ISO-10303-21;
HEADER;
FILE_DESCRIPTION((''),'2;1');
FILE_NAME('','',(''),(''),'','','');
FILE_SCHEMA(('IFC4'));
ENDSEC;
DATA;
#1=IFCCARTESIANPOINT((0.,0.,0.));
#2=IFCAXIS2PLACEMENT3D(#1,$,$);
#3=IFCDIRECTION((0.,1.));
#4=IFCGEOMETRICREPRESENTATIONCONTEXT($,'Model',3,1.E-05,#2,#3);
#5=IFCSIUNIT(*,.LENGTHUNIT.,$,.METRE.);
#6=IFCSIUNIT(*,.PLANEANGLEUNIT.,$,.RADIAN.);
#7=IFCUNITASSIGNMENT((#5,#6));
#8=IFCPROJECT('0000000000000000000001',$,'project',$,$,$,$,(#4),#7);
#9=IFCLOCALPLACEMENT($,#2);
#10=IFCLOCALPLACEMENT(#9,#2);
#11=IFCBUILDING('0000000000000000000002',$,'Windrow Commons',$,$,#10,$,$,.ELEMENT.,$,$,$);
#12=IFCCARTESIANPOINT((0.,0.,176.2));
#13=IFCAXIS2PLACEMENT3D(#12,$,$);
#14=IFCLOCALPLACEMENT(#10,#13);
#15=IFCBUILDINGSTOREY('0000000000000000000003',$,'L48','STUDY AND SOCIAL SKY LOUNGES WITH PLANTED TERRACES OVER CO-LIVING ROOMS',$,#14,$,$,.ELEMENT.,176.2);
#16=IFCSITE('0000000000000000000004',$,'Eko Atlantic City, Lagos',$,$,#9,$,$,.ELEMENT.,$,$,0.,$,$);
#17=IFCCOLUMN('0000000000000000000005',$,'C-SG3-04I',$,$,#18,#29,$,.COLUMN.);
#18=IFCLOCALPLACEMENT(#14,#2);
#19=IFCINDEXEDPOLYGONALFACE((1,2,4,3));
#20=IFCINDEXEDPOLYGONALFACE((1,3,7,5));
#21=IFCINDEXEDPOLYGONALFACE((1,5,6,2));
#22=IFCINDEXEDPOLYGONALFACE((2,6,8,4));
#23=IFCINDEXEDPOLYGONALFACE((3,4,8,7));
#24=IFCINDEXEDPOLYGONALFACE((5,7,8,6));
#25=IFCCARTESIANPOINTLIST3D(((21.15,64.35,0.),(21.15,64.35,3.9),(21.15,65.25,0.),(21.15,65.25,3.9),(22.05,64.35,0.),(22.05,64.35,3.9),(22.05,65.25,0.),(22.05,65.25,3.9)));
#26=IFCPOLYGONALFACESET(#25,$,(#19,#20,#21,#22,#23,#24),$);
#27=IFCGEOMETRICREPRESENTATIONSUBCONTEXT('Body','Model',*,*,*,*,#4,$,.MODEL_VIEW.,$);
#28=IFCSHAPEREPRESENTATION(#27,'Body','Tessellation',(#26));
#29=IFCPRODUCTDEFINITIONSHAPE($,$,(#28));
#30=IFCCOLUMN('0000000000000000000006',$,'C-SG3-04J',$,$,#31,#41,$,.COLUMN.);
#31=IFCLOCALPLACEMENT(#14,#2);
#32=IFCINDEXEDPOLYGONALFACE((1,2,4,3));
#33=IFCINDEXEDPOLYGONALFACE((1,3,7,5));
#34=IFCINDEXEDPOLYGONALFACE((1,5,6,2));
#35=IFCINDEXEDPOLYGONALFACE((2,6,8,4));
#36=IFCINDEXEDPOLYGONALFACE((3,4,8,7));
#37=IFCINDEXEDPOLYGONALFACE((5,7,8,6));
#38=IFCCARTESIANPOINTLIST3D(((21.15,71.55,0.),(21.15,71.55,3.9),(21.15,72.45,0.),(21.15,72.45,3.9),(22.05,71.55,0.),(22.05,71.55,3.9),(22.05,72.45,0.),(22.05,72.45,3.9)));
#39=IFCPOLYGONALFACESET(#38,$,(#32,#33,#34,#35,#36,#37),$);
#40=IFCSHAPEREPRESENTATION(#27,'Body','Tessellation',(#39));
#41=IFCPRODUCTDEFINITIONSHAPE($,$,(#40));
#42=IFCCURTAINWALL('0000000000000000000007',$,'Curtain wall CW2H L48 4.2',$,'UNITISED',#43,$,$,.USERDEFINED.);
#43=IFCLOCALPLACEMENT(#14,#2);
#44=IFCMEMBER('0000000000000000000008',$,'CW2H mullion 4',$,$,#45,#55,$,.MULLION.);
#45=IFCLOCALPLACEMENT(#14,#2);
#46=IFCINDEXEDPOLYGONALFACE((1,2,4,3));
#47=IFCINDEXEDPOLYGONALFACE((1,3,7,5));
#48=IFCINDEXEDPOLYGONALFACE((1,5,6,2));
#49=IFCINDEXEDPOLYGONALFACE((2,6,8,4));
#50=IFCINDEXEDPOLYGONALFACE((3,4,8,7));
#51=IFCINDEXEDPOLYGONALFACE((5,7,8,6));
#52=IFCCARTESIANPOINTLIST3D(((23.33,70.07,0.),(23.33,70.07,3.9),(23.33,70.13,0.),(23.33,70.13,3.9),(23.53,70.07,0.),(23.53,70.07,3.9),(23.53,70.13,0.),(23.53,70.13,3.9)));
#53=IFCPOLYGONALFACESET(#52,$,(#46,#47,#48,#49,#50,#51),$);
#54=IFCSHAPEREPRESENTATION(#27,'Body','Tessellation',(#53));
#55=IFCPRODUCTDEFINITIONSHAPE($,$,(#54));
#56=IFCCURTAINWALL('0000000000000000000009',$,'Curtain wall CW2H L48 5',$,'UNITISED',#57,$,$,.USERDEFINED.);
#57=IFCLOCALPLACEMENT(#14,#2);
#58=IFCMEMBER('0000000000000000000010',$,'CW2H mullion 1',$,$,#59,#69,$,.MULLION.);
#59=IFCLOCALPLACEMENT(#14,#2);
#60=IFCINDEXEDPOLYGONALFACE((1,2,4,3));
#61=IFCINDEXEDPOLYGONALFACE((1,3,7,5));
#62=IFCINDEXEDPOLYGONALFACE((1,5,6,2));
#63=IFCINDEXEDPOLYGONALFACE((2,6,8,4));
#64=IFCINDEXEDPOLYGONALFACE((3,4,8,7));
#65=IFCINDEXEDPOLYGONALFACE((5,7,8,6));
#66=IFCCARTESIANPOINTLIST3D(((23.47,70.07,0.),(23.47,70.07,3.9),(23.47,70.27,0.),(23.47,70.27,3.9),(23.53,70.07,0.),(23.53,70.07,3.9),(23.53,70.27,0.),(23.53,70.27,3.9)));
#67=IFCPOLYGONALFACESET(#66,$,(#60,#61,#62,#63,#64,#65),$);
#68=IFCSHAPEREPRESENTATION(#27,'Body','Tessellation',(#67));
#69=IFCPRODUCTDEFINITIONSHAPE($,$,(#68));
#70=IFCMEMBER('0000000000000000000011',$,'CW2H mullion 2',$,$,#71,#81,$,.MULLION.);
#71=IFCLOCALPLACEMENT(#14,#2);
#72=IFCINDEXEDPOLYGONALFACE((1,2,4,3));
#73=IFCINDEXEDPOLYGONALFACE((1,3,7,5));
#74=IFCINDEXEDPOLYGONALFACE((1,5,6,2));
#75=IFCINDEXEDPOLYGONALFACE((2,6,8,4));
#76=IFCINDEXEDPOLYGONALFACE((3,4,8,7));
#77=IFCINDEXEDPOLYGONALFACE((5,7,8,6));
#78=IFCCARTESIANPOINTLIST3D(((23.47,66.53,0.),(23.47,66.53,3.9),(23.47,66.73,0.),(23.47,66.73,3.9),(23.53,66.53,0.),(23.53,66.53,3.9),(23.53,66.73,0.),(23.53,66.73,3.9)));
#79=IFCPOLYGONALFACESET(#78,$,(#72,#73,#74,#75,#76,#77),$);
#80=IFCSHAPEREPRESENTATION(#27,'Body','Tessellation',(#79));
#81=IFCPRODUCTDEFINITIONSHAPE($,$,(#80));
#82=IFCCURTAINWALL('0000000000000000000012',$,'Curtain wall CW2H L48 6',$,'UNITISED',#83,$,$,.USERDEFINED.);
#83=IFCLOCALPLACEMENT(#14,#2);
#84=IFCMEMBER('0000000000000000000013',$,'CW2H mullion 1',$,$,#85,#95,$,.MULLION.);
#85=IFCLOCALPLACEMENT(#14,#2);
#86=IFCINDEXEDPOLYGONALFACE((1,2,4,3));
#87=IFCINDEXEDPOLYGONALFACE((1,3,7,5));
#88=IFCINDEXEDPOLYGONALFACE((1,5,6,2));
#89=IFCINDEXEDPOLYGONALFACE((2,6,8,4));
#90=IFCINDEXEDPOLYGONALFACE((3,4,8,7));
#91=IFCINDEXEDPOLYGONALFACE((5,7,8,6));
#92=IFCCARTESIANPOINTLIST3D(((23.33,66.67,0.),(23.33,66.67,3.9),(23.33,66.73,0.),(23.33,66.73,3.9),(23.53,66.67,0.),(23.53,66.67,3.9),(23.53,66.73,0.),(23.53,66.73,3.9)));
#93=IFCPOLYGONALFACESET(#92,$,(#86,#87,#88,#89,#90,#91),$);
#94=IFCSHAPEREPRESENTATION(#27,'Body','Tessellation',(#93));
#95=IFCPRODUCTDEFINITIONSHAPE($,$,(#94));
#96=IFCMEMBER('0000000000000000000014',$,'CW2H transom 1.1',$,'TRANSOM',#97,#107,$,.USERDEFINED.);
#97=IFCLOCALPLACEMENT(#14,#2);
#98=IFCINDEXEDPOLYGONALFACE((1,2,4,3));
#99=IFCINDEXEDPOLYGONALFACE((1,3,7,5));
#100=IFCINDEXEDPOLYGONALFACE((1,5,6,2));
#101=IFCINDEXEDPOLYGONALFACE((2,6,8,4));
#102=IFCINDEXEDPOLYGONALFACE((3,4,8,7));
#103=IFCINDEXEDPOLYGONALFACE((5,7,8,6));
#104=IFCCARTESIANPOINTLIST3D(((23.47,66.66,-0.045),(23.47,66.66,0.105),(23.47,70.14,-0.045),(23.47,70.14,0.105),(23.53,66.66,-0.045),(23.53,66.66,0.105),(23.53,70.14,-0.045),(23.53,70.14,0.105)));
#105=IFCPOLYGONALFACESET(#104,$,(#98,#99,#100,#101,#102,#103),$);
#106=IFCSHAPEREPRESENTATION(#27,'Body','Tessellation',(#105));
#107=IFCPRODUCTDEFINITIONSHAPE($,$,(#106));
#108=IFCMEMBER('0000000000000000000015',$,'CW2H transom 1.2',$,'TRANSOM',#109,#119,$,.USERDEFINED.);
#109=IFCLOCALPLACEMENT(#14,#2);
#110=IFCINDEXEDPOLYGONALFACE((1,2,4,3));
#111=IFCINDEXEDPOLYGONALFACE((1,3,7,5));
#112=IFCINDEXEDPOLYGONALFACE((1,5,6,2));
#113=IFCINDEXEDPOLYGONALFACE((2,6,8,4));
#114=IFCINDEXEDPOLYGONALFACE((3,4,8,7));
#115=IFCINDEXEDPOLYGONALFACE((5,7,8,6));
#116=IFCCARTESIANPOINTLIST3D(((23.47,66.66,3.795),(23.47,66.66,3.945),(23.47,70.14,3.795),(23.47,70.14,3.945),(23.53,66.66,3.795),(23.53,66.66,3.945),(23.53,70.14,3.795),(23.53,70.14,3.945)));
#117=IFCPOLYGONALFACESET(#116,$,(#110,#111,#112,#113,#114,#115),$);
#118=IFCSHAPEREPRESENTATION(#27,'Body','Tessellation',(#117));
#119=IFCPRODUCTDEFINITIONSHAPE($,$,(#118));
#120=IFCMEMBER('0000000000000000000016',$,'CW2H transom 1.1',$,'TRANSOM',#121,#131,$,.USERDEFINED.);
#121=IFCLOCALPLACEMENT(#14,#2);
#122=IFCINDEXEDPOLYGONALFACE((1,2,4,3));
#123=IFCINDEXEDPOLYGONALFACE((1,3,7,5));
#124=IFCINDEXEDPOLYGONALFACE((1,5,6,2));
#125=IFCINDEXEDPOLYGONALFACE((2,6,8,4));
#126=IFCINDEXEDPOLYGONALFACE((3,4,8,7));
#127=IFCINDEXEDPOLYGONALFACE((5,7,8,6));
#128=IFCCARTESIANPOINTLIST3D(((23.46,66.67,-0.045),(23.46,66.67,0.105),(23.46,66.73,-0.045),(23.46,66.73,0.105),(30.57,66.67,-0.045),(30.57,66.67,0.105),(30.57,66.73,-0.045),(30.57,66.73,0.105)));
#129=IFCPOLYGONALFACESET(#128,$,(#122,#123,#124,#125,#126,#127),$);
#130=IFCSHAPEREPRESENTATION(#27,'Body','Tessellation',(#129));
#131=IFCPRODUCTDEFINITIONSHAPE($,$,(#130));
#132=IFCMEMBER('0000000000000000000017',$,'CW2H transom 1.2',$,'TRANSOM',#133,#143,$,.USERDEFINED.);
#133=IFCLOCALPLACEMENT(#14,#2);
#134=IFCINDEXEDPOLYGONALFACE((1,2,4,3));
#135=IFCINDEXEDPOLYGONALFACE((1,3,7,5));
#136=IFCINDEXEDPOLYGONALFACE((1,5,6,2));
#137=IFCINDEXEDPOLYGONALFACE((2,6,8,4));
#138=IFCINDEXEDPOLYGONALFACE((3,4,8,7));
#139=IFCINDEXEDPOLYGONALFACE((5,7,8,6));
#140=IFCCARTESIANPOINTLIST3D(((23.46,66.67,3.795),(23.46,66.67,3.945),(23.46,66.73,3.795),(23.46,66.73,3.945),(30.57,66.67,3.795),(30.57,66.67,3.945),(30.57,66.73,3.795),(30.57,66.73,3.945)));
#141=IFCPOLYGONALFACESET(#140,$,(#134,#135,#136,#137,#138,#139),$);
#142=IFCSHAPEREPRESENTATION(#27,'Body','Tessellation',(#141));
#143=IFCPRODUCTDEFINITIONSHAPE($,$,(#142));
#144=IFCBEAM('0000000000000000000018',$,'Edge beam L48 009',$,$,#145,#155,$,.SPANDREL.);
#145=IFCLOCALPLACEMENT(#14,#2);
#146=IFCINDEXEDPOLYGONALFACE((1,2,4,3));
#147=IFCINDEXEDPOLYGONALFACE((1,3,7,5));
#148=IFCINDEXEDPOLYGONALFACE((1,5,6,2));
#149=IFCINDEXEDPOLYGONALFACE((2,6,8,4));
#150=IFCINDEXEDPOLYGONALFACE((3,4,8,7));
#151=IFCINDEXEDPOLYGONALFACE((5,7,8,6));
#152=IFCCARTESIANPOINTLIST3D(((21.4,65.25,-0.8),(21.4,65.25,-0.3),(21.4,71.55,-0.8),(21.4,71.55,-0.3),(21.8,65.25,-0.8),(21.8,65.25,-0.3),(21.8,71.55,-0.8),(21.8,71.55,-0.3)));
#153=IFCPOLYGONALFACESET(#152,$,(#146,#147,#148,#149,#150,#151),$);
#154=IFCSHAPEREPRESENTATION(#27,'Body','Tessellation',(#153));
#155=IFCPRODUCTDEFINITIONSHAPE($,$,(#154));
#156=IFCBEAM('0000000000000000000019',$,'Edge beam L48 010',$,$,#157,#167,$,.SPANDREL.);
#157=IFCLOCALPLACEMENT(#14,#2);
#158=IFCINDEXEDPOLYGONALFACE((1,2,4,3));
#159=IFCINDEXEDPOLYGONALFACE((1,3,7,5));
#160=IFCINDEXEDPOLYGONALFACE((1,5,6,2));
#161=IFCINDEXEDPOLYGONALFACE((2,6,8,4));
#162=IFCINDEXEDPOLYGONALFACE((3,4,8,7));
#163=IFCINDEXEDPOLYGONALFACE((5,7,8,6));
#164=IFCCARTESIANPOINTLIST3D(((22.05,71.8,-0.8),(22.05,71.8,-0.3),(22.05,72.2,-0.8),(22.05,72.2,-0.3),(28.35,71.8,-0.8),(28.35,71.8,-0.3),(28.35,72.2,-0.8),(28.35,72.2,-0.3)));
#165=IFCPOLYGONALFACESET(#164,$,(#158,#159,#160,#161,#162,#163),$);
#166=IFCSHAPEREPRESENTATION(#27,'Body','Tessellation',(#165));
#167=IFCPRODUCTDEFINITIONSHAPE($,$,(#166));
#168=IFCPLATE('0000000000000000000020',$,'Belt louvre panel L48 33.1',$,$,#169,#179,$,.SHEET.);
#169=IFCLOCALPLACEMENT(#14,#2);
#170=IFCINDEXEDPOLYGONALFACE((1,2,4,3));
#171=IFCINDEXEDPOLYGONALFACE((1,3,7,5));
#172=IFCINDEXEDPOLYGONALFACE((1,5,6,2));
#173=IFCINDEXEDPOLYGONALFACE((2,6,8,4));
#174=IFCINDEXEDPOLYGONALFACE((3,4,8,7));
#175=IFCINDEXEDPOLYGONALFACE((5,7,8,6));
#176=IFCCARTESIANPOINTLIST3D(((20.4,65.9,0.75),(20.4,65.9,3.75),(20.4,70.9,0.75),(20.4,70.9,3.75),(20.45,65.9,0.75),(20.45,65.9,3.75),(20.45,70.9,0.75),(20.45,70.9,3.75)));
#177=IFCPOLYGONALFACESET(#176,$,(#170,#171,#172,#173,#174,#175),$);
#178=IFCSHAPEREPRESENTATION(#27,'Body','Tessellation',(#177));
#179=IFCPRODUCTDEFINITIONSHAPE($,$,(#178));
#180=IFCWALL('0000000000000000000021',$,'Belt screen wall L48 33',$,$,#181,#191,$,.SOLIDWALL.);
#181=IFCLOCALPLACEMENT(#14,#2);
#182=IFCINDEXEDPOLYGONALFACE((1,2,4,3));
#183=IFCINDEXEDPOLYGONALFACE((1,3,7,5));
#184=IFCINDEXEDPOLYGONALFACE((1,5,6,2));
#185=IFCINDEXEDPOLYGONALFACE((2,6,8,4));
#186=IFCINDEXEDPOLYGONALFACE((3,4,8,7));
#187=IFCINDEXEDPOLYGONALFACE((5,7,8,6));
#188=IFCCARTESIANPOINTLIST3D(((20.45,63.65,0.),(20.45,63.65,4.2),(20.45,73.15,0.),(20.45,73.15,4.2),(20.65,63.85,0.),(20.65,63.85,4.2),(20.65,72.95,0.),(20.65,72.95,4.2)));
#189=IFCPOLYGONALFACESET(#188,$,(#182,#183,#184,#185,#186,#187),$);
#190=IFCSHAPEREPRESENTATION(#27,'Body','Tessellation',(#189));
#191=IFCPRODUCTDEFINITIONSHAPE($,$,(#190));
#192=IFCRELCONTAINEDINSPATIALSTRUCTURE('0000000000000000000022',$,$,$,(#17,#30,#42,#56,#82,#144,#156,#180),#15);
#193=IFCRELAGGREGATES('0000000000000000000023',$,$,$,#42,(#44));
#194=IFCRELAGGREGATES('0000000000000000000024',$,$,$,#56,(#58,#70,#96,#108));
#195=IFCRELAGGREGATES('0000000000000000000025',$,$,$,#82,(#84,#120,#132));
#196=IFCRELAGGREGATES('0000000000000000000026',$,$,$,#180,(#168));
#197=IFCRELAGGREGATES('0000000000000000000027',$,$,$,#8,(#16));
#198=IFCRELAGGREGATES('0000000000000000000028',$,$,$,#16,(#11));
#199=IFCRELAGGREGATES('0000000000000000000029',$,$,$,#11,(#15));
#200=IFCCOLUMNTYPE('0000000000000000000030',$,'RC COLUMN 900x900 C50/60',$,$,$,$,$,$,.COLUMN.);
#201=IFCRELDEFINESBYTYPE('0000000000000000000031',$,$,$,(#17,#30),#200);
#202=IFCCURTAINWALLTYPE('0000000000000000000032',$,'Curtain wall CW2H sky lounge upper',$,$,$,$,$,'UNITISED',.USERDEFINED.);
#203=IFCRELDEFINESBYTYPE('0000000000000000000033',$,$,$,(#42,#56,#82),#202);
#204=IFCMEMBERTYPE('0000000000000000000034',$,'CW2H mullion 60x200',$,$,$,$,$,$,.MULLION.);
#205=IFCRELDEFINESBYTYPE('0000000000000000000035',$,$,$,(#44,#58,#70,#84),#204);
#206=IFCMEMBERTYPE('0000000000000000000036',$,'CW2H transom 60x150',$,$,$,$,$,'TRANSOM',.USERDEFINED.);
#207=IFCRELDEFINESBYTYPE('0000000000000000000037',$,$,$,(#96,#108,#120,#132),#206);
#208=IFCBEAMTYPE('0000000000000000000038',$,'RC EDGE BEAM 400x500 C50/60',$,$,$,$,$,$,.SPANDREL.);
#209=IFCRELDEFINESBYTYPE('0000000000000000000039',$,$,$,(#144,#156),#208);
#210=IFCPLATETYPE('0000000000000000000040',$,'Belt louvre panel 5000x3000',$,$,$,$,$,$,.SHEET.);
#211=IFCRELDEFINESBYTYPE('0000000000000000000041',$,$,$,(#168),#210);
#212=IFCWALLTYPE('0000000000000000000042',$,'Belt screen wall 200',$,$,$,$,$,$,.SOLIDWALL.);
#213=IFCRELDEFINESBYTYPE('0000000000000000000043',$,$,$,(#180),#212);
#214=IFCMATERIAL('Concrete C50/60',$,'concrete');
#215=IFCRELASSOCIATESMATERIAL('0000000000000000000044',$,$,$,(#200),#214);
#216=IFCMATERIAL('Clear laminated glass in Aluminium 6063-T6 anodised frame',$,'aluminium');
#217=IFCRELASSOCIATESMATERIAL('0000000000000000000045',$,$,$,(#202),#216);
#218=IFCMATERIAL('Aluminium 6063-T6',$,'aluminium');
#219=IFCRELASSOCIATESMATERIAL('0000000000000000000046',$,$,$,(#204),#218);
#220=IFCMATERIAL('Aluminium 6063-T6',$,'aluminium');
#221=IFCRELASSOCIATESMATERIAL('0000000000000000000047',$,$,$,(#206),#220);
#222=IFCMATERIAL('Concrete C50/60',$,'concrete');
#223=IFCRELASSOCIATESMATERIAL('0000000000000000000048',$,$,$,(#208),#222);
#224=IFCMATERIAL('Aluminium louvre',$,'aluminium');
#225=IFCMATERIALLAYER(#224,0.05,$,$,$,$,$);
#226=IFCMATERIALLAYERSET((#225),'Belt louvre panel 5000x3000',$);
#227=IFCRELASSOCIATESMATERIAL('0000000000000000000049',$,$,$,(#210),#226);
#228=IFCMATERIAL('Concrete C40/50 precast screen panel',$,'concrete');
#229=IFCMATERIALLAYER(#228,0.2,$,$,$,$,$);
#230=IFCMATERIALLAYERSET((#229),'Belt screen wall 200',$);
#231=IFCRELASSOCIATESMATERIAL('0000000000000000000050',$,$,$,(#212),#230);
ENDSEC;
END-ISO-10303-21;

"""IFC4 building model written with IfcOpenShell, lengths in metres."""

from ifc_helpers import new_model, si_unit, direction, frame, origin, origin_2d, place, context, subcontext, project, spatial, polyline, rectangle, outline, extrude, material, layer, layer_set, material_profile, profile_set, type_object, element, aggregate, save


model = new_model("IFC4")

# Units and contexts
model_context = context("Model", 3, precision=1e-05, world=origin(), true_north=direction((0.0, 1.0)))
body_context = subcontext(model_context, "Body", "Model", "MODEL_VIEW")
ifc_project = project(units=[si_unit("LENGTHUNIT", "METRE"), si_unit("PLANEANGLEUNIT", "RADIAN")], contexts=[model_context])

# Site, building, storey
site_placement = place(None, origin())
site = spatial("IfcSite", under=ifc_project, at=site_placement, Name="Eko Atlantic City, Lagos", CompositionType="ELEMENT", RefElevation=0.0)
building_placement = place(site_placement, origin())
building = spatial("IfcBuilding", under=site, at=building_placement, Name="Windrow Commons", CompositionType="ELEMENT")
storey_placement = place(building_placement, frame((0.0, 0.0, 176.2)))
storey = spatial("IfcBuildingStorey", under=building, at=storey_placement, Name="L48", Description="STUDY AND SOCIAL SKY LOUNGES WITH PLANTED TERRACES OVER CO-LIVING ROOMS", CompositionType="ELEMENT", Elevation=176.2)

# Columns
ifc_material_1 = material(Name="Concrete C50/60", Category="concrete")
ifc_material_profile_1 = material_profile(ifc_material_1, rectangle(XDim=0.9, YDim=0.9, at=origin_2d()))
ifc_profile_set_1 = profile_set([ifc_material_profile_1], Name="Concrete C50/60")
column_type = type_object("IfcColumnType", Name="RC COLUMN 900x900 C50/60", PredefinedType="COLUMN", material=ifc_profile_set_1)
for number, where, z_axis, x_axis, name in (
    (1, (21.6, 64.8, 0.0), (0.0, 0.0, 1.0), (1.0, 0.0, 0.0), "C-SG3-04I"),
    (2, (21.6, 72.0, 0.0), (0.0, 0.0, 1.0), (1.0, 0.0, 0.0), "C-SG3-04J"),
):
    element("IfcColumn", number, at=place(storey_placement, frame(where, z_axis=z_axis, x_axis=x_axis)), inside=storey, type_object=column_type, Name=name, PredefinedType="COLUMN", context=body_context, shape_type="SweptSolid", body=[
        extrude(rectangle(XDim=0.9, YDim=0.9, at=origin_2d()), origin(), (0.0, 0.0, 1.0), 3.9),
    ])

# Curtain wall, member
ifc_material_2 = material(Name="Clear laminated glass in Aluminium 6063-T6 anodised frame", Category="aluminium")
curtain_wall_type = type_object("IfcCurtainWallType", Name="Curtain wall CW2H sky lounge upper", ElementType="UNITISED", PredefinedType="USERDEFINED", material=ifc_material_2)
placement = place(storey_placement, origin())
curtain_wall_1 = element("IfcCurtainWall", 3, at=placement, inside=storey, type_object=curtain_wall_type, Name="Curtain wall CW2H L48 4.2", ObjectType="UNITISED", PredefinedType="USERDEFINED")
ifc_material_3 = material(Name="Aluminium 6063-T6", Category="aluminium")
ifc_material_profile_2 = material_profile(ifc_material_3, rectangle(XDim=0.06, YDim=0.2, at=origin_2d()))
ifc_profile_set_2 = profile_set([ifc_material_profile_2], Name="Aluminium 6063-T6")
member_type_1 = type_object("IfcMemberType", Name="CW2H mullion 60x200", PredefinedType="MULLION", material=ifc_profile_set_2)
member_1_placement = place(storey_placement, frame((23.43, 70.1, 0.0), z_axis=(0.0, 0.0, 1.0), x_axis=(0.0, -1.0, 0.0)))
member_1 = element("IfcMember", 4, at=member_1_placement, type_object=member_type_1, Name="CW2H mullion 4", PredefinedType="MULLION", context=body_context, shape_type="SweptSolid", body=[
    extrude(rectangle(XDim=0.06, YDim=0.2, at=origin_2d()), origin(), (0.0, 0.0, 1.0), 3.9),
])
aggregate(curtain_wall_1, [member_1])

# Curtain wall, members
curtain_wall_2 = element("IfcCurtainWall", 5, at=placement, inside=storey, type_object=curtain_wall_type, Name="Curtain wall CW2H L48 5", ObjectType="UNITISED", PredefinedType="USERDEFINED")
member_2_placement = place(storey_placement, frame((23.5, 70.17, 0.0), z_axis=(0.0, 0.0, 1.0), x_axis=(1.0, 0.0, 0.0)))
member_2 = element("IfcMember", 6, at=member_2_placement, type_object=member_type_1, Name="CW2H mullion 1", PredefinedType="MULLION", context=body_context, shape_type="SweptSolid", body=[
    extrude(rectangle(XDim=0.06, YDim=0.2, at=origin_2d()), origin(), (0.0, 0.0, 1.0), 3.9),
])
member_3_placement = place(storey_placement, frame((23.5, 66.63, 0.0), z_axis=(0.0, 0.0, 1.0), x_axis=(1.0, 0.0, 0.0)))
member_3 = element("IfcMember", 7, at=member_3_placement, type_object=member_type_1, Name="CW2H mullion 2", PredefinedType="MULLION", context=body_context, shape_type="SweptSolid", body=[
    extrude(rectangle(XDim=0.06, YDim=0.2, at=origin_2d()), origin(), (0.0, 0.0, 1.0), 3.9),
])

# Curtain wall, member
curtain_wall_3 = element("IfcCurtainWall", 8, at=placement, inside=storey, type_object=curtain_wall_type, Name="Curtain wall CW2H L48 6", ObjectType="UNITISED", PredefinedType="USERDEFINED")
member_4_placement = place(storey_placement, frame((23.43, 66.7, 0.0), z_axis=(0.0, 0.0, 1.0), x_axis=(0.0, 1.0, 0.0)))
member_4 = element("IfcMember", 9, at=member_4_placement, type_object=member_type_1, Name="CW2H mullion 1", PredefinedType="MULLION", context=body_context, shape_type="SweptSolid", body=[
    extrude(rectangle(XDim=0.06, YDim=0.2, at=origin_2d()), origin(), (0.0, 0.0, 1.0), 3.9),
])

# Members
ifc_material_4 = material(Name="Aluminium 6063-T6", Category="aluminium")
ifc_material_profile_3 = material_profile(ifc_material_4, rectangle(XDim=0.06, YDim=0.15, at=origin_2d()))
ifc_profile_set_3 = profile_set([ifc_material_profile_3], Name="Aluminium 6063-T6")
member_type_2 = type_object("IfcMemberType", Name="CW2H transom 60x150", ElementType="TRANSOM", PredefinedType="USERDEFINED", material=ifc_profile_set_3)
member_5_placement = place(storey_placement, frame((23.5, 70.14, 0.03), z_axis=(0.0, -1.0, 0.0), x_axis=(1.0, 0.0, 0.0)))
member_5 = element("IfcMember", 10, at=member_5_placement, type_object=member_type_2, Name="CW2H transom 1.1", ObjectType="TRANSOM", PredefinedType="USERDEFINED", context=body_context, shape_type="SweptSolid", body=[
    extrude(rectangle(XDim=0.06, YDim=0.15, at=origin_2d()), origin(), (0.0, 0.0, 1.0), 3.48),
])
member_6_placement = place(storey_placement, frame((23.5, 70.14, 3.87), z_axis=(0.0, -1.0, 0.0), x_axis=(1.0, 0.0, 0.0)))
member_6 = element("IfcMember", 11, at=member_6_placement, type_object=member_type_2, Name="CW2H transom 1.2", ObjectType="TRANSOM", PredefinedType="USERDEFINED", context=body_context, shape_type="SweptSolid", body=[
    extrude(rectangle(XDim=0.06, YDim=0.15, at=origin_2d()), origin(), (0.0, 0.0, 1.0), 3.48),
])
member_7_placement = place(storey_placement, frame((23.46, 66.7, 0.03), z_axis=(1.0, 0.0, 0.0), x_axis=(0.0, 1.0, 0.0)))
member_7 = element("IfcMember", 12, at=member_7_placement, type_object=member_type_2, Name="CW2H transom 1.1", ObjectType="TRANSOM", PredefinedType="USERDEFINED", context=body_context, shape_type="SweptSolid", body=[
    extrude(rectangle(XDim=0.06, YDim=0.15, at=origin_2d()), origin(), (0.0, 0.0, 1.0), 7.11),
])
member_8_placement = place(storey_placement, frame((23.46, 66.7, 3.87), z_axis=(1.0, 0.0, 0.0), x_axis=(0.0, 1.0, 0.0)))
member_8 = element("IfcMember", 13, at=member_8_placement, type_object=member_type_2, Name="CW2H transom 1.2", ObjectType="TRANSOM", PredefinedType="USERDEFINED", context=body_context, shape_type="SweptSolid", body=[
    extrude(rectangle(XDim=0.06, YDim=0.15, at=origin_2d()), origin(), (0.0, 0.0, 1.0), 7.11),
])

# Beams
ifc_material_5 = material(Name="Concrete C50/60", Category="concrete")
ifc_material_profile_4 = material_profile(ifc_material_5, rectangle(XDim=0.4, YDim=0.5, at=origin_2d()))
ifc_profile_set_4 = profile_set([ifc_material_profile_4], Name="Concrete C50/60")
beam_type = type_object("IfcBeamType", Name="RC EDGE BEAM 400x500 C50/60", PredefinedType="SPANDREL", material=ifc_profile_set_4)
for number, where, z_axis, x_axis, name in (
    (14, (21.6, 65.25, -0.55), (0.0, 1.0, 0.0), (-1.0, 0.0, 0.0), "Edge beam L48 009"),
    (15, (22.05, 72.0, -0.55), (1.0, 0.0, 0.0), (0.0, 1.0, 0.0), "Edge beam L48 010"),
):
    element("IfcBeam", number, at=place(storey_placement, frame(where, z_axis=z_axis, x_axis=x_axis)), inside=storey, type_object=beam_type, Name=name, PredefinedType="SPANDREL", context=body_context, shape_type="SweptSolid", body=[
        extrude(rectangle(XDim=0.4, YDim=0.5, at=origin_2d()), origin(), (0.0, 0.0, 1.0), 6.3),
    ])

# Plate
ifc_material_6 = material(Name="Aluminium louvre", Category="aluminium")
ifc_layer_1 = layer(ifc_material_6, 0.05)
ifc_layer_set_1 = layer_set([ifc_layer_1], Name="Belt louvre panel 5000x3000")
plate_type_1 = type_object("IfcPlateType", Name="Belt louvre panel 5000x3000", PredefinedType="SHEET", material=ifc_layer_set_1)
plate_1_placement = place(storey_placement, frame((20.4, 70.9, 0.75), z_axis=(-1.0, 0.0, 0.0), x_axis=(0.0, -1.0, 0.0)))
plate_1 = element("IfcPlate", 16, at=plate_1_placement, type_object=plate_type_1, Name="Belt louvre panel L48 33.1", PredefinedType="SHEET", context=body_context, shape_type="SweptSolid", body=[
    extrude(outline(polyline([(0.0, 0.0), (5.0, 0.0), (5.0, 3.0), (0.0, 3.0), (0.0, 0.0)])), origin(), (0.0, 0.0, -1.0), 0.05),
])
aggregate(curtain_wall_2, [member_2, member_3, member_5, member_6])
aggregate(curtain_wall_3, [member_4, member_7, member_8])

# Wall
ifc_material_7 = material(Name="Concrete C40/50 precast screen panel", Category="concrete")
ifc_layer_2 = layer(ifc_material_7, 0.2)
ifc_layer_set_2 = layer_set([ifc_layer_2], Name="Belt screen wall 200")
wall_type_1 = type_object("IfcWallType", Name="Belt screen wall 200", PredefinedType="SOLIDWALL", material=ifc_layer_set_2)
wall_1_placement = place(storey_placement, frame((20.55, 73.05, 0.0), z_axis=(0.0, 0.0, 1.0), x_axis=(0.0, -1.0, 0.0)))
wall_1 = element("IfcWall", 17, at=wall_1_placement, inside=storey, type_object=wall_type_1, Name="Belt screen wall L48 33", PredefinedType="SOLIDWALL", context=body_context, shape_type="SweptSolid", body=[
    extrude(outline(polyline([(-0.1, -0.1), (9.4, -0.1), (9.2, 0.1), (0.1, 0.1), (-0.1, -0.1)])), origin(), (0.0, 0.0, 1.0), 4.2),
])
aggregate(wall_1, [plate_1])

save(model, "model.ifc")
